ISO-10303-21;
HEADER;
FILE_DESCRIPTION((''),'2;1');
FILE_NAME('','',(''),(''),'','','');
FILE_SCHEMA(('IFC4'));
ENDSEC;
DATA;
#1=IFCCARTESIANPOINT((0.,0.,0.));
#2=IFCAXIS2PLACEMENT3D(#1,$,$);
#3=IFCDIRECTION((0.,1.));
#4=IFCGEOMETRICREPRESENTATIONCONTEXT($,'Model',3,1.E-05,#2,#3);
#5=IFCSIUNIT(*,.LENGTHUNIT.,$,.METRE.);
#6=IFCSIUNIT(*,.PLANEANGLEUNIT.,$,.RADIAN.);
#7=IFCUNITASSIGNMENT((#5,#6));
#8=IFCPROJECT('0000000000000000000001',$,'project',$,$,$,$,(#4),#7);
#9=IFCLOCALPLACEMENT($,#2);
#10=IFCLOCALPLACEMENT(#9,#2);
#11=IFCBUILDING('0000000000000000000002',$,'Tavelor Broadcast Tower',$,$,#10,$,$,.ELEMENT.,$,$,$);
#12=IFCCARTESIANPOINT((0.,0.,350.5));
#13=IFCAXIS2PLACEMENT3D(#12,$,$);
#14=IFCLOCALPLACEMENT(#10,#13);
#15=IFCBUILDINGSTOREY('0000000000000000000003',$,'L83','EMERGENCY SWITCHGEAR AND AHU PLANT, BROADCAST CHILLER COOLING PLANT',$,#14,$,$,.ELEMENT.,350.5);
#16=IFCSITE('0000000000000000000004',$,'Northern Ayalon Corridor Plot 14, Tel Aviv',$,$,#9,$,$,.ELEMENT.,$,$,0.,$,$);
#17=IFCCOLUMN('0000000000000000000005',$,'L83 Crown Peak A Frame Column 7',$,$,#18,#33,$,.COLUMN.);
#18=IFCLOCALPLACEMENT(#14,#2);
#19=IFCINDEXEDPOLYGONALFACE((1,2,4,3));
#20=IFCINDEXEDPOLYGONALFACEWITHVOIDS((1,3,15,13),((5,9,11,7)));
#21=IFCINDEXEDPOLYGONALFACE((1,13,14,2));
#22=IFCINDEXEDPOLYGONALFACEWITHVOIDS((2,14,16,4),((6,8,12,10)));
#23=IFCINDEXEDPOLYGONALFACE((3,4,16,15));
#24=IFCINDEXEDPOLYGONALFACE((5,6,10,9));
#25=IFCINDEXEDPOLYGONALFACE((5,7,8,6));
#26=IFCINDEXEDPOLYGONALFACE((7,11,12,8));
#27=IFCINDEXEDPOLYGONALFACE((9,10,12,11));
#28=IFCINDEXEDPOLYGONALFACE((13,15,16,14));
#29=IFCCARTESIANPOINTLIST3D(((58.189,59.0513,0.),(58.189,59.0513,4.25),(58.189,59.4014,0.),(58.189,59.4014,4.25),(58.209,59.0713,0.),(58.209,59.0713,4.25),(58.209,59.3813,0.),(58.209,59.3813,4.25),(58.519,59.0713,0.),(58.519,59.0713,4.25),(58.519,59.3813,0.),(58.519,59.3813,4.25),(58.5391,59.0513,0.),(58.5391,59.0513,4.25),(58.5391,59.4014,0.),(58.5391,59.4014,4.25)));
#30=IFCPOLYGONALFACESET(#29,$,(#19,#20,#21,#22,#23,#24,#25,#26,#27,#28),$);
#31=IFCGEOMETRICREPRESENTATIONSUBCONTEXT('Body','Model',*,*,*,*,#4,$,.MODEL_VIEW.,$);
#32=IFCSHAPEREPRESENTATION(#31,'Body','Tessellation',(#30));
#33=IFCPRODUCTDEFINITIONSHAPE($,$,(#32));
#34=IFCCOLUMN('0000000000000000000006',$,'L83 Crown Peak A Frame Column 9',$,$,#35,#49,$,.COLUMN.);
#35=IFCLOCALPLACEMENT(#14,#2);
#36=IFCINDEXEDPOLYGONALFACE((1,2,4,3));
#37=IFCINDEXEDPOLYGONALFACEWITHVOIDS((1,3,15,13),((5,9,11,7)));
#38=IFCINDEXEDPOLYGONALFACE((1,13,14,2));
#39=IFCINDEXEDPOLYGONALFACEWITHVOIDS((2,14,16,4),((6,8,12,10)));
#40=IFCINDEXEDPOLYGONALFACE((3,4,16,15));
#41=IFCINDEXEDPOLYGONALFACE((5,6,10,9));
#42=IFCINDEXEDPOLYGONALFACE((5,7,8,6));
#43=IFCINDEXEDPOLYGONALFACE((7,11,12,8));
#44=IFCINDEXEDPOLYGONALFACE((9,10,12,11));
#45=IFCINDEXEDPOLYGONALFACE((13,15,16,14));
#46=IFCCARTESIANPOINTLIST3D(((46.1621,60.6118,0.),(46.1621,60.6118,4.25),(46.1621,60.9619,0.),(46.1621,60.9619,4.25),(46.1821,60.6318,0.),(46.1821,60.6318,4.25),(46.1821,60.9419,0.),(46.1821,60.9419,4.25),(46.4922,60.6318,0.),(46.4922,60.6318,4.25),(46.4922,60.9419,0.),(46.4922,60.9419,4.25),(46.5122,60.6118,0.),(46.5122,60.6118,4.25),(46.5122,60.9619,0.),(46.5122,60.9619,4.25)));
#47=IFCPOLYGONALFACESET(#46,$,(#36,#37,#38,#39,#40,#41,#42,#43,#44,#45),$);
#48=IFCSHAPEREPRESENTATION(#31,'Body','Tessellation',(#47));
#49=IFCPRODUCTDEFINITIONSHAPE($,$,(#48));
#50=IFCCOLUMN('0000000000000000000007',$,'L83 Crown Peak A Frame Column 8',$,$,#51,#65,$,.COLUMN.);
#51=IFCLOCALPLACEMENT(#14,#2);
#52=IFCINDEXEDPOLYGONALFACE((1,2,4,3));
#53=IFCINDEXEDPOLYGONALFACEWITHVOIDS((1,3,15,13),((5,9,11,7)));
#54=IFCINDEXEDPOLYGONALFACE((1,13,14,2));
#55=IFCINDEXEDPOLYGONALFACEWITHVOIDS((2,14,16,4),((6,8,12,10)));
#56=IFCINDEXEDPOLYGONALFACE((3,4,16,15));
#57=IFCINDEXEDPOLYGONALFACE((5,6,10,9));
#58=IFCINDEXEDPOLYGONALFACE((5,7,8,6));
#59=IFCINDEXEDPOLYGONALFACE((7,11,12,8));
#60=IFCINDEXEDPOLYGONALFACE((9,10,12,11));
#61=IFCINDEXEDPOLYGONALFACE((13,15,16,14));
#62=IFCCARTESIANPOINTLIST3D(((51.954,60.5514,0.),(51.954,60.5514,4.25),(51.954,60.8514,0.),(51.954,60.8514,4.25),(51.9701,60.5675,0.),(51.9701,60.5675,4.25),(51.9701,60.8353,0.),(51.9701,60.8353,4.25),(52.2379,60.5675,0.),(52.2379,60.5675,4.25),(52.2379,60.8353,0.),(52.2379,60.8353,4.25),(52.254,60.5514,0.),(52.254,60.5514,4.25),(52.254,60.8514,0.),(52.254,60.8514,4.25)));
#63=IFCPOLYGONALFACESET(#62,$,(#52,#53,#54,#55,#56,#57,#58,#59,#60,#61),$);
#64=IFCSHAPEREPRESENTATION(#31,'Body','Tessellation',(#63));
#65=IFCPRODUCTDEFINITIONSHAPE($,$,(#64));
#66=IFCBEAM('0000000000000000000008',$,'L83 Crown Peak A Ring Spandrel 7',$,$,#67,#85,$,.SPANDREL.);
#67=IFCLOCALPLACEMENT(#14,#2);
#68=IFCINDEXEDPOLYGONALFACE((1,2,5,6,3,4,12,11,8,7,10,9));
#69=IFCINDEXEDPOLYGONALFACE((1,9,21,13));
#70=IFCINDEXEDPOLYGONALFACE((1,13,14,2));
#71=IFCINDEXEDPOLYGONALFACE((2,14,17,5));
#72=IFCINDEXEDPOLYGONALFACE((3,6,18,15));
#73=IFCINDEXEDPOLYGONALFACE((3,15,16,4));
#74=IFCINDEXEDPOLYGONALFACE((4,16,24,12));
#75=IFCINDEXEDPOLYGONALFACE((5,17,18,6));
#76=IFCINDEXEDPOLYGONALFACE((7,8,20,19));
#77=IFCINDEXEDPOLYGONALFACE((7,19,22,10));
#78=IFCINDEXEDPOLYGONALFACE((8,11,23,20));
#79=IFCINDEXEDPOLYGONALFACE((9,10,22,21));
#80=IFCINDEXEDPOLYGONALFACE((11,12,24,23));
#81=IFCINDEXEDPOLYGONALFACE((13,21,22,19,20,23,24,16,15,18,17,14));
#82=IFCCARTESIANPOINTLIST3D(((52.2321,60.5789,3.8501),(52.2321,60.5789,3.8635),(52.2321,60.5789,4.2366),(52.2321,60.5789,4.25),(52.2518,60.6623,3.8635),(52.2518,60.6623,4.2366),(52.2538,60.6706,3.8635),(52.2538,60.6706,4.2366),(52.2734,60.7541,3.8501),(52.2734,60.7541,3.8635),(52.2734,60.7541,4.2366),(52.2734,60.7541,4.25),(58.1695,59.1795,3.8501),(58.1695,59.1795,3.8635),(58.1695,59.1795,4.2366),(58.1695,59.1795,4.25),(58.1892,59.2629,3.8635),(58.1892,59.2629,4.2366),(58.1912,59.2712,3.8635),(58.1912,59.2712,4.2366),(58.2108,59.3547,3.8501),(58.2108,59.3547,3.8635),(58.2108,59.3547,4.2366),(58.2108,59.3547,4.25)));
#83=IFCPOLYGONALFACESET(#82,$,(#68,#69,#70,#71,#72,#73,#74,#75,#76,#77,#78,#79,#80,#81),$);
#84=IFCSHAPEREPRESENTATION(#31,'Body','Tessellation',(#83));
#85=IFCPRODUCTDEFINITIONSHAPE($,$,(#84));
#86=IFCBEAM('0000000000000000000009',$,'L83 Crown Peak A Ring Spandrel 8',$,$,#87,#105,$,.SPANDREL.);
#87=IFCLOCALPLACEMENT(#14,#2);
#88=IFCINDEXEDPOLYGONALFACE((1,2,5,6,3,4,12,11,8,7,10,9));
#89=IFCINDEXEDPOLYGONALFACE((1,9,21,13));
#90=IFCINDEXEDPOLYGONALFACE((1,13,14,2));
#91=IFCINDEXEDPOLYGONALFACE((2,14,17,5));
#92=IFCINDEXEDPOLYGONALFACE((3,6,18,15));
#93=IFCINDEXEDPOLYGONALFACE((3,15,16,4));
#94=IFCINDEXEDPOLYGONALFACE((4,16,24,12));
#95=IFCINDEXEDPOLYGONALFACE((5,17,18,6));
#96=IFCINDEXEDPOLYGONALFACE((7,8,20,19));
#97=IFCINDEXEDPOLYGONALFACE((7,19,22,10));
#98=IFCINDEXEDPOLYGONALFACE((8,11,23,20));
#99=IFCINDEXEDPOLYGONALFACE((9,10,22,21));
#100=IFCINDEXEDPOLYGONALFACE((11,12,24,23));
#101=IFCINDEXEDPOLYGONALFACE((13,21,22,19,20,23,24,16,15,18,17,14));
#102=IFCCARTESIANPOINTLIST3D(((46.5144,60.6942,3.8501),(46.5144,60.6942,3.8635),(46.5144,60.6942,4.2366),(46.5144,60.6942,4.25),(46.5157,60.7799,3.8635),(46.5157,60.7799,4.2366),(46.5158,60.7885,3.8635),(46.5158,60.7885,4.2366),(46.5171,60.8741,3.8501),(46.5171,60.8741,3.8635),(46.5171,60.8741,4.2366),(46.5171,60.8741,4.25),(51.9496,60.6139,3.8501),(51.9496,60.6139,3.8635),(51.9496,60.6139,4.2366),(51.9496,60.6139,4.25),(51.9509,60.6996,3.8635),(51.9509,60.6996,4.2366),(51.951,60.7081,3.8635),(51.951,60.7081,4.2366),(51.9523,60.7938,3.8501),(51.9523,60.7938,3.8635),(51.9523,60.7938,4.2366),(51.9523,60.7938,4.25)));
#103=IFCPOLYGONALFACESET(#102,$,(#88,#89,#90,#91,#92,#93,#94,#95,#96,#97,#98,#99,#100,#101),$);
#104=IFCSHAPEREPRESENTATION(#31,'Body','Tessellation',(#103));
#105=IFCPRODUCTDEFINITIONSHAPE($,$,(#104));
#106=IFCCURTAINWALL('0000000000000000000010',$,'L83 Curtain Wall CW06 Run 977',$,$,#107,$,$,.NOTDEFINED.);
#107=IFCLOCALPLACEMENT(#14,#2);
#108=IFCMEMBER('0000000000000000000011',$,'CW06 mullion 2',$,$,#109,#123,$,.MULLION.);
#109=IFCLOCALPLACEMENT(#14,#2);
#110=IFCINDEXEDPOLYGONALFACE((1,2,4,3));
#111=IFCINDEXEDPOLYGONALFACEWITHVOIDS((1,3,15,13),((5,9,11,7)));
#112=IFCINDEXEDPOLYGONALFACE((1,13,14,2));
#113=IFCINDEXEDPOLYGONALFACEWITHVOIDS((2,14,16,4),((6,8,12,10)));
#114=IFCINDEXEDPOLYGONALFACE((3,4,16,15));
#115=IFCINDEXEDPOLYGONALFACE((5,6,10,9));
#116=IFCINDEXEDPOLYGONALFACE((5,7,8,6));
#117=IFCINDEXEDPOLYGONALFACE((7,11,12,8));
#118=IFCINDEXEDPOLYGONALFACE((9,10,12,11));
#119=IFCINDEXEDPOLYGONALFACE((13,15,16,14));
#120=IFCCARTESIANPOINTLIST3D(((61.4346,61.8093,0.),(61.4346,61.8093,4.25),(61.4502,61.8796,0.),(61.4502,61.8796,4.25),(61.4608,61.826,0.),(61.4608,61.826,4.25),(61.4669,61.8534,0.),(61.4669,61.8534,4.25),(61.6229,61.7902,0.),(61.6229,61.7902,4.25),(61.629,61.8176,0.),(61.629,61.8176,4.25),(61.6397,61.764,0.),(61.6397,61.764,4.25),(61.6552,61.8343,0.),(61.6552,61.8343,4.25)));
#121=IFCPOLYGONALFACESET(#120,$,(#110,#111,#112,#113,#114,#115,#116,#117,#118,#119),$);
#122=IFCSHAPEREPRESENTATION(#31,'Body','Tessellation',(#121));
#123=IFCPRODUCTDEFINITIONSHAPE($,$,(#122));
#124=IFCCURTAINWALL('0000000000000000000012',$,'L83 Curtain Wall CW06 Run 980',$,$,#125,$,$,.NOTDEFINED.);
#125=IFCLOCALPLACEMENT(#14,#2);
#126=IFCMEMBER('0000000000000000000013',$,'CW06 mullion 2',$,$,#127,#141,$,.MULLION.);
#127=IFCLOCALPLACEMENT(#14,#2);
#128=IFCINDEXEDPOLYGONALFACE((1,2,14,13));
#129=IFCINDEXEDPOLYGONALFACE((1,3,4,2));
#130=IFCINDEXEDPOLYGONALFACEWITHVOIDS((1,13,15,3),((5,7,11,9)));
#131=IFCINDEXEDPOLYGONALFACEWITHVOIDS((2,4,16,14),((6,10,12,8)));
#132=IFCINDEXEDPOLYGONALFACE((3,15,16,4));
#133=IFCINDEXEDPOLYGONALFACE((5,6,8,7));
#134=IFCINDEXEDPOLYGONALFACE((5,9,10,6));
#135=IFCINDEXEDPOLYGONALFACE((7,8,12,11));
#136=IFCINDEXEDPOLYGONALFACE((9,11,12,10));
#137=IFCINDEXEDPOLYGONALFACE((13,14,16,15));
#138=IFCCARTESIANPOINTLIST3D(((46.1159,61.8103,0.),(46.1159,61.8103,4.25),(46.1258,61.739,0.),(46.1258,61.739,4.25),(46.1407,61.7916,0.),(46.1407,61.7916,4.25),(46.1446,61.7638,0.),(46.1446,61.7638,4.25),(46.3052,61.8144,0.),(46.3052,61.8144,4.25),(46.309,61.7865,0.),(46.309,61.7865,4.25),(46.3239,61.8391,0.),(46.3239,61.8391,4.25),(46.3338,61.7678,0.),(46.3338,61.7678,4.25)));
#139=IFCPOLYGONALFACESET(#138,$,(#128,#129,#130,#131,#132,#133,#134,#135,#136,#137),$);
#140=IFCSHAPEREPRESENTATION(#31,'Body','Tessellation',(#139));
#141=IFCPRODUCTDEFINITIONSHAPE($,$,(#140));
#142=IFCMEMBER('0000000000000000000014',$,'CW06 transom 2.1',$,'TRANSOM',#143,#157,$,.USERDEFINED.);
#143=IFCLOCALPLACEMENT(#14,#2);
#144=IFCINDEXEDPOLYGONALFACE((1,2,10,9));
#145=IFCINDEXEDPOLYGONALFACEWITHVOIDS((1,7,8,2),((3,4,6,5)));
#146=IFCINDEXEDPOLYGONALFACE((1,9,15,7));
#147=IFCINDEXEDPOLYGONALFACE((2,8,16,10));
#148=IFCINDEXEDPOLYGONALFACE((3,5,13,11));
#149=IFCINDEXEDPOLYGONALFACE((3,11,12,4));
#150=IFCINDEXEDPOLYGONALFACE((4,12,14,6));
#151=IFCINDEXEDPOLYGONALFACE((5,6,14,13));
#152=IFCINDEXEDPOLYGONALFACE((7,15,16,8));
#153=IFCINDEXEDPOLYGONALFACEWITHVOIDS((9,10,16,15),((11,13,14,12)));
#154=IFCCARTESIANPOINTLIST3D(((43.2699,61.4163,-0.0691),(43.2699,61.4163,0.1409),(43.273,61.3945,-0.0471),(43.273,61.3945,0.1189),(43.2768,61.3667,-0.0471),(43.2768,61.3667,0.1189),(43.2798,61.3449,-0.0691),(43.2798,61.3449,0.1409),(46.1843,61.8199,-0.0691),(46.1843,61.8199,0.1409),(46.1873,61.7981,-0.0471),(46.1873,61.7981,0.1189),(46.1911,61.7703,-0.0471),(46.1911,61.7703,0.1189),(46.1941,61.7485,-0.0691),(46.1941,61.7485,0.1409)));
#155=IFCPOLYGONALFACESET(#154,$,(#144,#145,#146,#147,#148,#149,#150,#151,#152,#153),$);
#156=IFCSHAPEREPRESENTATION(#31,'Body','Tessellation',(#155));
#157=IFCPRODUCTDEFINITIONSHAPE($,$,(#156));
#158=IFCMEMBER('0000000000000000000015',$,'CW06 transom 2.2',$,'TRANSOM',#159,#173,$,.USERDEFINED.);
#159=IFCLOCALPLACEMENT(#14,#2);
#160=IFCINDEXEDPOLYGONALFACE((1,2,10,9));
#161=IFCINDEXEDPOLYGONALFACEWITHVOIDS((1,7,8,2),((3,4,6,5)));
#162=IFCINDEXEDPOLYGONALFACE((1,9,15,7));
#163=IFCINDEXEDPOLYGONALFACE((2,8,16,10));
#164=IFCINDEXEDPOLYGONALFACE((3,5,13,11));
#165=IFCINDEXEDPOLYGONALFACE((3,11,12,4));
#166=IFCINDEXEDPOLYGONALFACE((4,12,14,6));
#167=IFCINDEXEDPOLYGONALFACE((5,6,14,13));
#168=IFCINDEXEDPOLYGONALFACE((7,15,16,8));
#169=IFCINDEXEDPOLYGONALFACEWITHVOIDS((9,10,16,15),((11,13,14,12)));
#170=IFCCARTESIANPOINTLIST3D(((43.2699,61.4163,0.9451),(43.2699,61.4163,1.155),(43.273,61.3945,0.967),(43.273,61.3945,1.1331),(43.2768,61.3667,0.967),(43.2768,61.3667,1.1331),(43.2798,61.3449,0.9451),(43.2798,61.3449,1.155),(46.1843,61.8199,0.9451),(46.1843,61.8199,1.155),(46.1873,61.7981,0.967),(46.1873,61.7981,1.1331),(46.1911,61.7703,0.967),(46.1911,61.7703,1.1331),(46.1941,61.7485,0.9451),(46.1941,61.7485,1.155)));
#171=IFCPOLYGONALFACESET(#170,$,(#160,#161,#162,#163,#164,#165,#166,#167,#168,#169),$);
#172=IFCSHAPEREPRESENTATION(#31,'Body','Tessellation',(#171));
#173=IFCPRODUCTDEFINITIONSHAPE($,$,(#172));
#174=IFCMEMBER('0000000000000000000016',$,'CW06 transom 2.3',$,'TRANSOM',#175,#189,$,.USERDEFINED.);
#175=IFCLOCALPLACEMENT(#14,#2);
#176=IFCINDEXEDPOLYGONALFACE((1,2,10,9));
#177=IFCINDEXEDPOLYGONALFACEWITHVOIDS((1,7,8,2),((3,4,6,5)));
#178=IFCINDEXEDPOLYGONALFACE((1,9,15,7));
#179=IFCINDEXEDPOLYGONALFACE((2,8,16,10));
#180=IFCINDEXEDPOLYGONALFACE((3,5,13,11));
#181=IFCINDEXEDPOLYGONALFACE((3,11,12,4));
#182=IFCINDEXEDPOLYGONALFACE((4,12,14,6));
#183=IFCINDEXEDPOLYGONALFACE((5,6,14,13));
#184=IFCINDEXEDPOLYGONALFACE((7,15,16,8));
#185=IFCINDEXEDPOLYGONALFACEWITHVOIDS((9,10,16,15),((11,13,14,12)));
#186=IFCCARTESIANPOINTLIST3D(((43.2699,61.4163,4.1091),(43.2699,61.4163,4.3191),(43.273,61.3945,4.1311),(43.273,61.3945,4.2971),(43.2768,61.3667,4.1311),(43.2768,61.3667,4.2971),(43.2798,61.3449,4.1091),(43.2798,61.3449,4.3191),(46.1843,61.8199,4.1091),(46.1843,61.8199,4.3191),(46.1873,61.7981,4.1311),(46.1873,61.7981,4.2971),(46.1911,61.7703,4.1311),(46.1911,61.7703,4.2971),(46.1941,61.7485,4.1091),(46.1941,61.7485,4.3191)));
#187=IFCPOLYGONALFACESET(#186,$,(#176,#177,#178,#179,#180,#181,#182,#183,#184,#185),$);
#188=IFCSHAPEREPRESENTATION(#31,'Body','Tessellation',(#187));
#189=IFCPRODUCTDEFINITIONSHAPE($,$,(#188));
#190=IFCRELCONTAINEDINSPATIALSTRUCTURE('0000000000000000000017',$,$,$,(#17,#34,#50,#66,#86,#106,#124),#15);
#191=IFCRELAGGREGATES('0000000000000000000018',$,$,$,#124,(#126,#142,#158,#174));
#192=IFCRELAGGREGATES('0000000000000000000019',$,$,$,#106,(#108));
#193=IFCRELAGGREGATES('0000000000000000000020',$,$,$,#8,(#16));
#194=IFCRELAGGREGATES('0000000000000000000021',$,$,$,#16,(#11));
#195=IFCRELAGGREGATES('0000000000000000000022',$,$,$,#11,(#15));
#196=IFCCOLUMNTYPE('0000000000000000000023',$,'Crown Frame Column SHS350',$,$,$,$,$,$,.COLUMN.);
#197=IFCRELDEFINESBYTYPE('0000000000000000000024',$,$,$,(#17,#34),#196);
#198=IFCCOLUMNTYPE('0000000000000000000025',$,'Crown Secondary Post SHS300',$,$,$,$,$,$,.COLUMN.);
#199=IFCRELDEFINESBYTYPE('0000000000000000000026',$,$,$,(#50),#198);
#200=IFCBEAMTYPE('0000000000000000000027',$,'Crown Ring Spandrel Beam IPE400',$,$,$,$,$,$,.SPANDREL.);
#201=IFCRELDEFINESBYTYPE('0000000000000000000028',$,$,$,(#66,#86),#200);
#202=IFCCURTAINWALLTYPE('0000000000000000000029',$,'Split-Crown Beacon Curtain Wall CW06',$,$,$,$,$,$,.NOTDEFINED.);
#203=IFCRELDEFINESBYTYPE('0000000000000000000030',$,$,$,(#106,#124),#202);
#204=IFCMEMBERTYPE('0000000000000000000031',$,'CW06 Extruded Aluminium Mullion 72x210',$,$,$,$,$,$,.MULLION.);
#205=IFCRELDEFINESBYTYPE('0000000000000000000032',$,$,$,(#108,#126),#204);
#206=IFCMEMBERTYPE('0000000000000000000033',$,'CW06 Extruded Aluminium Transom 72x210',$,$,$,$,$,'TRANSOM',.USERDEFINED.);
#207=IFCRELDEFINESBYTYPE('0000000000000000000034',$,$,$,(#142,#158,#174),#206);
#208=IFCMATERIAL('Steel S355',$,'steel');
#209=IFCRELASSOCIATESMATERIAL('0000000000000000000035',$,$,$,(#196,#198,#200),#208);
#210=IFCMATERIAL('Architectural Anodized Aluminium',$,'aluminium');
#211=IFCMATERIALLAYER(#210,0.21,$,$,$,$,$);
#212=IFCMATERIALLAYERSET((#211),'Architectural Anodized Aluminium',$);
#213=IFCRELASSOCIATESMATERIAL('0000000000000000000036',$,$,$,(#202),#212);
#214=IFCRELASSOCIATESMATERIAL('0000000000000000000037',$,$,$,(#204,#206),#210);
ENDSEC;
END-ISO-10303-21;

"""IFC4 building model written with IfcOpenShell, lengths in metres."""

from ifc_helpers import new_model, si_unit, direction, frame, origin, origin_2d, place, context, subcontext, project, spatial, hollow_rectangle, i_section, extrude, source, transform, mapped, material, layer, layer_set, material_profile, profile_set, type_object, type_shapes, element, aggregate, save


model = new_model("IFC4")

# Units and contexts
model_context = context("Model", 3, precision=1e-05, world=origin(), true_north=direction((0.0, 1.0)))
body_context = subcontext(model_context, "Body", "Model", "MODEL_VIEW")
ifc_project = project(units=[si_unit("LENGTHUNIT", "METRE"), si_unit("PLANEANGLEUNIT", "RADIAN")], contexts=[model_context])

# Site, building, storey
site_placement = place(None, origin())
site = spatial("IfcSite", under=ifc_project, at=site_placement, Name="Northern Ayalon Corridor Plot 14, Tel Aviv", CompositionType="ELEMENT", RefElevation=0.0)
building_placement = place(site_placement, origin())
building = spatial("IfcBuilding", under=site, at=building_placement, Name="Tavelor Broadcast Tower", CompositionType="ELEMENT")
storey_placement = place(building_placement, frame((0.0, 0.0, 350.5)))
storey = spatial("IfcBuildingStorey", under=building, at=storey_placement, Name="L83", Description="EMERGENCY SWITCHGEAR AND AHU PLANT, BROADCAST CHILLER COOLING PLANT", CompositionType="ELEMENT", Elevation=350.5)

# Columns
ifc_material_1 = material(Name="Steel S355", Category="steel")
ifc_material_profile_1 = material_profile(ifc_material_1, hollow_rectangle(XDim=0.3501, YDim=0.3501, WallThickness=0.02, at=origin_2d()), Name="SHS 350x350x20")
ifc_profile_set_1 = profile_set([ifc_material_profile_1], Name="Steel S355")
column_type_1 = type_object("IfcColumnType", Name="Crown Frame Column SHS350", PredefinedType="COLUMN", material=ifc_profile_set_1)
for number, where, z_axis, x_axis, name in (
    (1, (58.364, 59.2263, 0.0), (0.0, 0.0, 1.0), (1.0, 0.0, 0.0), "L83 Crown Peak A Frame Column 7"),
    (2, (46.3372, 60.7869, 0.0), (0.0, 0.0, 1.0), (1.0, 0.0, 0.0), "L83 Crown Peak A Frame Column 9"),
):
    element("IfcColumn", number, at=place(storey_placement, frame(where, z_axis=z_axis, x_axis=x_axis)), inside=storey, type_object=column_type_1, Name=name, PredefinedType="COLUMN", context=body_context, shape_type="SweptSolid", body=[
        extrude(hollow_rectangle(XDim=0.3501, YDim=0.3501, WallThickness=0.02, at=origin_2d()), origin(), (0.0, 0.0, 1.0), 4.25),
    ])
ifc_material_profile_2 = material_profile(ifc_material_1, hollow_rectangle(XDim=0.3, YDim=0.3, WallThickness=0.0161, at=origin_2d()), Name="SHS 300x300x16")
ifc_profile_set_2 = profile_set([ifc_material_profile_2], Name="Steel S355")
column_type_2 = type_object("IfcColumnType", Name="Crown Secondary Post SHS300", PredefinedType="COLUMN", material=ifc_profile_set_2)
column_placement = place(storey_placement, frame((52.104, 60.7014, 0.0), z_axis=(0.0, 0.0, 1.0), x_axis=(1.0, 0.0, 0.0)))
element("IfcColumn", 3, at=column_placement, inside=storey, type_object=column_type_2, Name="L83 Crown Peak A Frame Column 8", PredefinedType="COLUMN", context=body_context, shape_type="SweptSolid", body=[
    extrude(hollow_rectangle(XDim=0.3, YDim=0.3, WallThickness=0.0161, at=origin_2d()), origin(), (0.0, 0.0, 1.0), 4.25),
])

# Beams
ifc_material_profile_3 = material_profile(ifc_material_1, i_section(OverallWidth=0.1799, OverallDepth=0.3999, WebThickness=0.0085, FlangeThickness=0.0134, at=origin_2d()), Name="IPE 400")
ifc_profile_set_3 = profile_set([ifc_material_profile_3], Name="Steel S355")
beam_type = type_object("IfcBeamType", Name="Crown Ring Spandrel Beam IPE400", PredefinedType="SPANDREL", material=ifc_profile_set_3)
beam_1_placement = place(storey_placement, frame((58.1902, 59.2671, 4.05), z_axis=(-0.973331, 0.229405, 0.0), x_axis=(-0.229405, -0.973331, 0.0)))
element("IfcBeam", 4, at=beam_1_placement, inside=storey, type_object=beam_type, Name="L83 Crown Peak A Ring Spandrel 7", PredefinedType="SPANDREL", context=body_context, shape_type="SweptSolid", body=[
    extrude(i_section(OverallWidth=0.1799, OverallDepth=0.3999, WebThickness=0.0085, FlangeThickness=0.0134, at=origin_2d()), origin(), (0.0, 0.0, 1.0), 6.1001),
])
beam_2_placement = place(storey_placement, frame((51.9509, 60.7039, 4.05), z_axis=(-0.999891, 0.014776, 0.0), x_axis=(-0.014776, -0.999891, 0.0)))
element("IfcBeam", 5, at=beam_2_placement, inside=storey, type_object=beam_type, Name="L83 Crown Peak A Ring Spandrel 8", PredefinedType="SPANDREL", context=body_context, shape_type="SweptSolid", body=[
    extrude(i_section(OverallWidth=0.1799, OverallDepth=0.3999, WebThickness=0.0085, FlangeThickness=0.0134, at=origin_2d()), origin(), (0.0, 0.0, 1.0), 5.4358),
])

# Curtain wall, member
ifc_material_2 = material(Name="Architectural Anodized Aluminium", Category="aluminium")
ifc_layer_1 = layer(ifc_material_2, 0.21)
ifc_layer_set_1 = layer_set([ifc_layer_1], Name="Architectural Anodized Aluminium")
curtain_wall_type = type_object("IfcCurtainWallType", Name="Split-Crown Beacon Curtain Wall CW06", PredefinedType="NOTDEFINED", material=ifc_layer_set_1)
curtain_wall_1_placement = place(storey_placement, origin())
curtain_wall_1 = element("IfcCurtainWall", 6, at=curtain_wall_1_placement, inside=storey, type_object=curtain_wall_type, Name="L83 Curtain Wall CW06 Run 977", PredefinedType="NOTDEFINED")
ifc_material_profile_4 = material_profile(ifc_material_2, hollow_rectangle(XDim=0.072, YDim=0.21, WallThickness=0.022, at=origin_2d()), Name="RHS 72x210x22")
ifc_profile_set_4 = profile_set([ifc_material_profile_4], Name="Architectural Anodized Aluminium")
member_type_1 = type_object("IfcMemberType", Name="CW06 Extruded Aluminium Mullion 72x210", PredefinedType="MULLION", material=ifc_profile_set_4)
shared_shape_1 = source(origin(), body_context, "Body", "SweptSolid", [
    extrude(hollow_rectangle(XDim=0.072, YDim=0.21, WallThickness=0.022, at=origin_2d()), origin(), (0.0, 0.0, 1.0), 4.25),
])
type_shapes(member_type_1, [shared_shape_1])
member_1_placement = place(storey_placement, frame((61.5449, 61.8218, 0.0), z_axis=(0.0, 0.0, 1.0), x_axis=(-0.215658, -0.976469, 0.0)))
member_1 = element("IfcMember", 7, at=member_1_placement, type_object=member_type_1, Name="CW06 mullion 2", PredefinedType="MULLION", context=body_context, shape_type="MappedRepresentation", body=[
    mapped(shared_shape_1, transform((0.0, 0.0, 0.0), scale=1.0)),
])

# Curtain wall, members
curtain_wall_2_placement = place(storey_placement, origin())
curtain_wall_2 = element("IfcCurtainWall", 8, at=curtain_wall_2_placement, inside=storey, type_object=curtain_wall_type, Name="L83 Curtain Wall CW06 Run 980", PredefinedType="NOTDEFINED")
member_2_placement = place(storey_placement, frame((46.2249, 61.7891, 0.0), z_axis=(0.0, 0.0, 1.0), x_axis=(0.137174, -0.990547, 0.0)))
member_2 = element("IfcMember", 9, at=member_2_placement, type_object=member_type_1, Name="CW06 mullion 2", PredefinedType="MULLION", context=body_context, shape_type="MappedRepresentation", body=[
    mapped(shared_shape_1, transform((0.0, 0.0, 0.0), scale=1.0)),
])
ifc_material_profile_5 = material_profile(ifc_material_2, hollow_rectangle(XDim=0.072, YDim=0.21, WallThickness=0.022, at=origin_2d()), Name="RHS 72x210x22")
ifc_profile_set_5 = profile_set([ifc_material_profile_5], Name="Architectural Anodized Aluminium")
member_type_2 = type_object("IfcMemberType", Name="CW06 Extruded Aluminium Transom 72x210", ElementType="TRANSOM", PredefinedType="USERDEFINED", material=ifc_profile_set_5)
shared_shape_2 = source(origin(), body_context, "Body", "SweptSolid", [
    extrude(hollow_rectangle(XDim=0.072, YDim=0.21, WallThickness=0.022, at=origin_2d()), origin(), (0.0, 0.0, 1.0), 2.9421),
])
type_shapes(member_type_2, [shared_shape_2])
member_3_placement = place(storey_placement, frame((46.1892, 61.7842, 0.0359), z_axis=(-0.990548, -0.137168, 0.0), x_axis=(0.137168, -0.990548, 0.0)))
member_3 = element("IfcMember", 10, at=member_3_placement, type_object=member_type_2, Name="CW06 transom 2.1", ObjectType="TRANSOM", PredefinedType="USERDEFINED", context=body_context, shape_type="MappedRepresentation", body=[
    mapped(shared_shape_2, transform((0.0, 0.0, 0.0), scale=1.0)),
])
member_4_placement = place(storey_placement, frame((46.1892, 61.7842, 1.05), z_axis=(-0.990548, -0.137168, 0.0), x_axis=(0.137168, -0.990548, 0.0)))
member_4 = element("IfcMember", 11, at=member_4_placement, type_object=member_type_2, Name="CW06 transom 2.2", ObjectType="TRANSOM", PredefinedType="USERDEFINED", context=body_context, shape_type="MappedRepresentation", body=[
    mapped(shared_shape_2, transform((0.0, 0.0, 0.0), scale=1.0)),
])
member_5_placement = place(storey_placement, frame((46.1892, 61.7842, 4.2141), z_axis=(-0.990548, -0.137168, 0.0), x_axis=(0.137168, -0.990548, 0.0)))
member_5 = element("IfcMember", 12, at=member_5_placement, type_object=member_type_2, Name="CW06 transom 2.3", ObjectType="TRANSOM", PredefinedType="USERDEFINED", context=body_context, shape_type="MappedRepresentation", body=[
    mapped(shared_shape_2, transform((0.0, 0.0, 0.0), scale=1.0)),
])
aggregate(curtain_wall_2, [member_2, member_3, member_4, member_5])

aggregate(curtain_wall_1, [member_1])

save(model, "model.ifc")
